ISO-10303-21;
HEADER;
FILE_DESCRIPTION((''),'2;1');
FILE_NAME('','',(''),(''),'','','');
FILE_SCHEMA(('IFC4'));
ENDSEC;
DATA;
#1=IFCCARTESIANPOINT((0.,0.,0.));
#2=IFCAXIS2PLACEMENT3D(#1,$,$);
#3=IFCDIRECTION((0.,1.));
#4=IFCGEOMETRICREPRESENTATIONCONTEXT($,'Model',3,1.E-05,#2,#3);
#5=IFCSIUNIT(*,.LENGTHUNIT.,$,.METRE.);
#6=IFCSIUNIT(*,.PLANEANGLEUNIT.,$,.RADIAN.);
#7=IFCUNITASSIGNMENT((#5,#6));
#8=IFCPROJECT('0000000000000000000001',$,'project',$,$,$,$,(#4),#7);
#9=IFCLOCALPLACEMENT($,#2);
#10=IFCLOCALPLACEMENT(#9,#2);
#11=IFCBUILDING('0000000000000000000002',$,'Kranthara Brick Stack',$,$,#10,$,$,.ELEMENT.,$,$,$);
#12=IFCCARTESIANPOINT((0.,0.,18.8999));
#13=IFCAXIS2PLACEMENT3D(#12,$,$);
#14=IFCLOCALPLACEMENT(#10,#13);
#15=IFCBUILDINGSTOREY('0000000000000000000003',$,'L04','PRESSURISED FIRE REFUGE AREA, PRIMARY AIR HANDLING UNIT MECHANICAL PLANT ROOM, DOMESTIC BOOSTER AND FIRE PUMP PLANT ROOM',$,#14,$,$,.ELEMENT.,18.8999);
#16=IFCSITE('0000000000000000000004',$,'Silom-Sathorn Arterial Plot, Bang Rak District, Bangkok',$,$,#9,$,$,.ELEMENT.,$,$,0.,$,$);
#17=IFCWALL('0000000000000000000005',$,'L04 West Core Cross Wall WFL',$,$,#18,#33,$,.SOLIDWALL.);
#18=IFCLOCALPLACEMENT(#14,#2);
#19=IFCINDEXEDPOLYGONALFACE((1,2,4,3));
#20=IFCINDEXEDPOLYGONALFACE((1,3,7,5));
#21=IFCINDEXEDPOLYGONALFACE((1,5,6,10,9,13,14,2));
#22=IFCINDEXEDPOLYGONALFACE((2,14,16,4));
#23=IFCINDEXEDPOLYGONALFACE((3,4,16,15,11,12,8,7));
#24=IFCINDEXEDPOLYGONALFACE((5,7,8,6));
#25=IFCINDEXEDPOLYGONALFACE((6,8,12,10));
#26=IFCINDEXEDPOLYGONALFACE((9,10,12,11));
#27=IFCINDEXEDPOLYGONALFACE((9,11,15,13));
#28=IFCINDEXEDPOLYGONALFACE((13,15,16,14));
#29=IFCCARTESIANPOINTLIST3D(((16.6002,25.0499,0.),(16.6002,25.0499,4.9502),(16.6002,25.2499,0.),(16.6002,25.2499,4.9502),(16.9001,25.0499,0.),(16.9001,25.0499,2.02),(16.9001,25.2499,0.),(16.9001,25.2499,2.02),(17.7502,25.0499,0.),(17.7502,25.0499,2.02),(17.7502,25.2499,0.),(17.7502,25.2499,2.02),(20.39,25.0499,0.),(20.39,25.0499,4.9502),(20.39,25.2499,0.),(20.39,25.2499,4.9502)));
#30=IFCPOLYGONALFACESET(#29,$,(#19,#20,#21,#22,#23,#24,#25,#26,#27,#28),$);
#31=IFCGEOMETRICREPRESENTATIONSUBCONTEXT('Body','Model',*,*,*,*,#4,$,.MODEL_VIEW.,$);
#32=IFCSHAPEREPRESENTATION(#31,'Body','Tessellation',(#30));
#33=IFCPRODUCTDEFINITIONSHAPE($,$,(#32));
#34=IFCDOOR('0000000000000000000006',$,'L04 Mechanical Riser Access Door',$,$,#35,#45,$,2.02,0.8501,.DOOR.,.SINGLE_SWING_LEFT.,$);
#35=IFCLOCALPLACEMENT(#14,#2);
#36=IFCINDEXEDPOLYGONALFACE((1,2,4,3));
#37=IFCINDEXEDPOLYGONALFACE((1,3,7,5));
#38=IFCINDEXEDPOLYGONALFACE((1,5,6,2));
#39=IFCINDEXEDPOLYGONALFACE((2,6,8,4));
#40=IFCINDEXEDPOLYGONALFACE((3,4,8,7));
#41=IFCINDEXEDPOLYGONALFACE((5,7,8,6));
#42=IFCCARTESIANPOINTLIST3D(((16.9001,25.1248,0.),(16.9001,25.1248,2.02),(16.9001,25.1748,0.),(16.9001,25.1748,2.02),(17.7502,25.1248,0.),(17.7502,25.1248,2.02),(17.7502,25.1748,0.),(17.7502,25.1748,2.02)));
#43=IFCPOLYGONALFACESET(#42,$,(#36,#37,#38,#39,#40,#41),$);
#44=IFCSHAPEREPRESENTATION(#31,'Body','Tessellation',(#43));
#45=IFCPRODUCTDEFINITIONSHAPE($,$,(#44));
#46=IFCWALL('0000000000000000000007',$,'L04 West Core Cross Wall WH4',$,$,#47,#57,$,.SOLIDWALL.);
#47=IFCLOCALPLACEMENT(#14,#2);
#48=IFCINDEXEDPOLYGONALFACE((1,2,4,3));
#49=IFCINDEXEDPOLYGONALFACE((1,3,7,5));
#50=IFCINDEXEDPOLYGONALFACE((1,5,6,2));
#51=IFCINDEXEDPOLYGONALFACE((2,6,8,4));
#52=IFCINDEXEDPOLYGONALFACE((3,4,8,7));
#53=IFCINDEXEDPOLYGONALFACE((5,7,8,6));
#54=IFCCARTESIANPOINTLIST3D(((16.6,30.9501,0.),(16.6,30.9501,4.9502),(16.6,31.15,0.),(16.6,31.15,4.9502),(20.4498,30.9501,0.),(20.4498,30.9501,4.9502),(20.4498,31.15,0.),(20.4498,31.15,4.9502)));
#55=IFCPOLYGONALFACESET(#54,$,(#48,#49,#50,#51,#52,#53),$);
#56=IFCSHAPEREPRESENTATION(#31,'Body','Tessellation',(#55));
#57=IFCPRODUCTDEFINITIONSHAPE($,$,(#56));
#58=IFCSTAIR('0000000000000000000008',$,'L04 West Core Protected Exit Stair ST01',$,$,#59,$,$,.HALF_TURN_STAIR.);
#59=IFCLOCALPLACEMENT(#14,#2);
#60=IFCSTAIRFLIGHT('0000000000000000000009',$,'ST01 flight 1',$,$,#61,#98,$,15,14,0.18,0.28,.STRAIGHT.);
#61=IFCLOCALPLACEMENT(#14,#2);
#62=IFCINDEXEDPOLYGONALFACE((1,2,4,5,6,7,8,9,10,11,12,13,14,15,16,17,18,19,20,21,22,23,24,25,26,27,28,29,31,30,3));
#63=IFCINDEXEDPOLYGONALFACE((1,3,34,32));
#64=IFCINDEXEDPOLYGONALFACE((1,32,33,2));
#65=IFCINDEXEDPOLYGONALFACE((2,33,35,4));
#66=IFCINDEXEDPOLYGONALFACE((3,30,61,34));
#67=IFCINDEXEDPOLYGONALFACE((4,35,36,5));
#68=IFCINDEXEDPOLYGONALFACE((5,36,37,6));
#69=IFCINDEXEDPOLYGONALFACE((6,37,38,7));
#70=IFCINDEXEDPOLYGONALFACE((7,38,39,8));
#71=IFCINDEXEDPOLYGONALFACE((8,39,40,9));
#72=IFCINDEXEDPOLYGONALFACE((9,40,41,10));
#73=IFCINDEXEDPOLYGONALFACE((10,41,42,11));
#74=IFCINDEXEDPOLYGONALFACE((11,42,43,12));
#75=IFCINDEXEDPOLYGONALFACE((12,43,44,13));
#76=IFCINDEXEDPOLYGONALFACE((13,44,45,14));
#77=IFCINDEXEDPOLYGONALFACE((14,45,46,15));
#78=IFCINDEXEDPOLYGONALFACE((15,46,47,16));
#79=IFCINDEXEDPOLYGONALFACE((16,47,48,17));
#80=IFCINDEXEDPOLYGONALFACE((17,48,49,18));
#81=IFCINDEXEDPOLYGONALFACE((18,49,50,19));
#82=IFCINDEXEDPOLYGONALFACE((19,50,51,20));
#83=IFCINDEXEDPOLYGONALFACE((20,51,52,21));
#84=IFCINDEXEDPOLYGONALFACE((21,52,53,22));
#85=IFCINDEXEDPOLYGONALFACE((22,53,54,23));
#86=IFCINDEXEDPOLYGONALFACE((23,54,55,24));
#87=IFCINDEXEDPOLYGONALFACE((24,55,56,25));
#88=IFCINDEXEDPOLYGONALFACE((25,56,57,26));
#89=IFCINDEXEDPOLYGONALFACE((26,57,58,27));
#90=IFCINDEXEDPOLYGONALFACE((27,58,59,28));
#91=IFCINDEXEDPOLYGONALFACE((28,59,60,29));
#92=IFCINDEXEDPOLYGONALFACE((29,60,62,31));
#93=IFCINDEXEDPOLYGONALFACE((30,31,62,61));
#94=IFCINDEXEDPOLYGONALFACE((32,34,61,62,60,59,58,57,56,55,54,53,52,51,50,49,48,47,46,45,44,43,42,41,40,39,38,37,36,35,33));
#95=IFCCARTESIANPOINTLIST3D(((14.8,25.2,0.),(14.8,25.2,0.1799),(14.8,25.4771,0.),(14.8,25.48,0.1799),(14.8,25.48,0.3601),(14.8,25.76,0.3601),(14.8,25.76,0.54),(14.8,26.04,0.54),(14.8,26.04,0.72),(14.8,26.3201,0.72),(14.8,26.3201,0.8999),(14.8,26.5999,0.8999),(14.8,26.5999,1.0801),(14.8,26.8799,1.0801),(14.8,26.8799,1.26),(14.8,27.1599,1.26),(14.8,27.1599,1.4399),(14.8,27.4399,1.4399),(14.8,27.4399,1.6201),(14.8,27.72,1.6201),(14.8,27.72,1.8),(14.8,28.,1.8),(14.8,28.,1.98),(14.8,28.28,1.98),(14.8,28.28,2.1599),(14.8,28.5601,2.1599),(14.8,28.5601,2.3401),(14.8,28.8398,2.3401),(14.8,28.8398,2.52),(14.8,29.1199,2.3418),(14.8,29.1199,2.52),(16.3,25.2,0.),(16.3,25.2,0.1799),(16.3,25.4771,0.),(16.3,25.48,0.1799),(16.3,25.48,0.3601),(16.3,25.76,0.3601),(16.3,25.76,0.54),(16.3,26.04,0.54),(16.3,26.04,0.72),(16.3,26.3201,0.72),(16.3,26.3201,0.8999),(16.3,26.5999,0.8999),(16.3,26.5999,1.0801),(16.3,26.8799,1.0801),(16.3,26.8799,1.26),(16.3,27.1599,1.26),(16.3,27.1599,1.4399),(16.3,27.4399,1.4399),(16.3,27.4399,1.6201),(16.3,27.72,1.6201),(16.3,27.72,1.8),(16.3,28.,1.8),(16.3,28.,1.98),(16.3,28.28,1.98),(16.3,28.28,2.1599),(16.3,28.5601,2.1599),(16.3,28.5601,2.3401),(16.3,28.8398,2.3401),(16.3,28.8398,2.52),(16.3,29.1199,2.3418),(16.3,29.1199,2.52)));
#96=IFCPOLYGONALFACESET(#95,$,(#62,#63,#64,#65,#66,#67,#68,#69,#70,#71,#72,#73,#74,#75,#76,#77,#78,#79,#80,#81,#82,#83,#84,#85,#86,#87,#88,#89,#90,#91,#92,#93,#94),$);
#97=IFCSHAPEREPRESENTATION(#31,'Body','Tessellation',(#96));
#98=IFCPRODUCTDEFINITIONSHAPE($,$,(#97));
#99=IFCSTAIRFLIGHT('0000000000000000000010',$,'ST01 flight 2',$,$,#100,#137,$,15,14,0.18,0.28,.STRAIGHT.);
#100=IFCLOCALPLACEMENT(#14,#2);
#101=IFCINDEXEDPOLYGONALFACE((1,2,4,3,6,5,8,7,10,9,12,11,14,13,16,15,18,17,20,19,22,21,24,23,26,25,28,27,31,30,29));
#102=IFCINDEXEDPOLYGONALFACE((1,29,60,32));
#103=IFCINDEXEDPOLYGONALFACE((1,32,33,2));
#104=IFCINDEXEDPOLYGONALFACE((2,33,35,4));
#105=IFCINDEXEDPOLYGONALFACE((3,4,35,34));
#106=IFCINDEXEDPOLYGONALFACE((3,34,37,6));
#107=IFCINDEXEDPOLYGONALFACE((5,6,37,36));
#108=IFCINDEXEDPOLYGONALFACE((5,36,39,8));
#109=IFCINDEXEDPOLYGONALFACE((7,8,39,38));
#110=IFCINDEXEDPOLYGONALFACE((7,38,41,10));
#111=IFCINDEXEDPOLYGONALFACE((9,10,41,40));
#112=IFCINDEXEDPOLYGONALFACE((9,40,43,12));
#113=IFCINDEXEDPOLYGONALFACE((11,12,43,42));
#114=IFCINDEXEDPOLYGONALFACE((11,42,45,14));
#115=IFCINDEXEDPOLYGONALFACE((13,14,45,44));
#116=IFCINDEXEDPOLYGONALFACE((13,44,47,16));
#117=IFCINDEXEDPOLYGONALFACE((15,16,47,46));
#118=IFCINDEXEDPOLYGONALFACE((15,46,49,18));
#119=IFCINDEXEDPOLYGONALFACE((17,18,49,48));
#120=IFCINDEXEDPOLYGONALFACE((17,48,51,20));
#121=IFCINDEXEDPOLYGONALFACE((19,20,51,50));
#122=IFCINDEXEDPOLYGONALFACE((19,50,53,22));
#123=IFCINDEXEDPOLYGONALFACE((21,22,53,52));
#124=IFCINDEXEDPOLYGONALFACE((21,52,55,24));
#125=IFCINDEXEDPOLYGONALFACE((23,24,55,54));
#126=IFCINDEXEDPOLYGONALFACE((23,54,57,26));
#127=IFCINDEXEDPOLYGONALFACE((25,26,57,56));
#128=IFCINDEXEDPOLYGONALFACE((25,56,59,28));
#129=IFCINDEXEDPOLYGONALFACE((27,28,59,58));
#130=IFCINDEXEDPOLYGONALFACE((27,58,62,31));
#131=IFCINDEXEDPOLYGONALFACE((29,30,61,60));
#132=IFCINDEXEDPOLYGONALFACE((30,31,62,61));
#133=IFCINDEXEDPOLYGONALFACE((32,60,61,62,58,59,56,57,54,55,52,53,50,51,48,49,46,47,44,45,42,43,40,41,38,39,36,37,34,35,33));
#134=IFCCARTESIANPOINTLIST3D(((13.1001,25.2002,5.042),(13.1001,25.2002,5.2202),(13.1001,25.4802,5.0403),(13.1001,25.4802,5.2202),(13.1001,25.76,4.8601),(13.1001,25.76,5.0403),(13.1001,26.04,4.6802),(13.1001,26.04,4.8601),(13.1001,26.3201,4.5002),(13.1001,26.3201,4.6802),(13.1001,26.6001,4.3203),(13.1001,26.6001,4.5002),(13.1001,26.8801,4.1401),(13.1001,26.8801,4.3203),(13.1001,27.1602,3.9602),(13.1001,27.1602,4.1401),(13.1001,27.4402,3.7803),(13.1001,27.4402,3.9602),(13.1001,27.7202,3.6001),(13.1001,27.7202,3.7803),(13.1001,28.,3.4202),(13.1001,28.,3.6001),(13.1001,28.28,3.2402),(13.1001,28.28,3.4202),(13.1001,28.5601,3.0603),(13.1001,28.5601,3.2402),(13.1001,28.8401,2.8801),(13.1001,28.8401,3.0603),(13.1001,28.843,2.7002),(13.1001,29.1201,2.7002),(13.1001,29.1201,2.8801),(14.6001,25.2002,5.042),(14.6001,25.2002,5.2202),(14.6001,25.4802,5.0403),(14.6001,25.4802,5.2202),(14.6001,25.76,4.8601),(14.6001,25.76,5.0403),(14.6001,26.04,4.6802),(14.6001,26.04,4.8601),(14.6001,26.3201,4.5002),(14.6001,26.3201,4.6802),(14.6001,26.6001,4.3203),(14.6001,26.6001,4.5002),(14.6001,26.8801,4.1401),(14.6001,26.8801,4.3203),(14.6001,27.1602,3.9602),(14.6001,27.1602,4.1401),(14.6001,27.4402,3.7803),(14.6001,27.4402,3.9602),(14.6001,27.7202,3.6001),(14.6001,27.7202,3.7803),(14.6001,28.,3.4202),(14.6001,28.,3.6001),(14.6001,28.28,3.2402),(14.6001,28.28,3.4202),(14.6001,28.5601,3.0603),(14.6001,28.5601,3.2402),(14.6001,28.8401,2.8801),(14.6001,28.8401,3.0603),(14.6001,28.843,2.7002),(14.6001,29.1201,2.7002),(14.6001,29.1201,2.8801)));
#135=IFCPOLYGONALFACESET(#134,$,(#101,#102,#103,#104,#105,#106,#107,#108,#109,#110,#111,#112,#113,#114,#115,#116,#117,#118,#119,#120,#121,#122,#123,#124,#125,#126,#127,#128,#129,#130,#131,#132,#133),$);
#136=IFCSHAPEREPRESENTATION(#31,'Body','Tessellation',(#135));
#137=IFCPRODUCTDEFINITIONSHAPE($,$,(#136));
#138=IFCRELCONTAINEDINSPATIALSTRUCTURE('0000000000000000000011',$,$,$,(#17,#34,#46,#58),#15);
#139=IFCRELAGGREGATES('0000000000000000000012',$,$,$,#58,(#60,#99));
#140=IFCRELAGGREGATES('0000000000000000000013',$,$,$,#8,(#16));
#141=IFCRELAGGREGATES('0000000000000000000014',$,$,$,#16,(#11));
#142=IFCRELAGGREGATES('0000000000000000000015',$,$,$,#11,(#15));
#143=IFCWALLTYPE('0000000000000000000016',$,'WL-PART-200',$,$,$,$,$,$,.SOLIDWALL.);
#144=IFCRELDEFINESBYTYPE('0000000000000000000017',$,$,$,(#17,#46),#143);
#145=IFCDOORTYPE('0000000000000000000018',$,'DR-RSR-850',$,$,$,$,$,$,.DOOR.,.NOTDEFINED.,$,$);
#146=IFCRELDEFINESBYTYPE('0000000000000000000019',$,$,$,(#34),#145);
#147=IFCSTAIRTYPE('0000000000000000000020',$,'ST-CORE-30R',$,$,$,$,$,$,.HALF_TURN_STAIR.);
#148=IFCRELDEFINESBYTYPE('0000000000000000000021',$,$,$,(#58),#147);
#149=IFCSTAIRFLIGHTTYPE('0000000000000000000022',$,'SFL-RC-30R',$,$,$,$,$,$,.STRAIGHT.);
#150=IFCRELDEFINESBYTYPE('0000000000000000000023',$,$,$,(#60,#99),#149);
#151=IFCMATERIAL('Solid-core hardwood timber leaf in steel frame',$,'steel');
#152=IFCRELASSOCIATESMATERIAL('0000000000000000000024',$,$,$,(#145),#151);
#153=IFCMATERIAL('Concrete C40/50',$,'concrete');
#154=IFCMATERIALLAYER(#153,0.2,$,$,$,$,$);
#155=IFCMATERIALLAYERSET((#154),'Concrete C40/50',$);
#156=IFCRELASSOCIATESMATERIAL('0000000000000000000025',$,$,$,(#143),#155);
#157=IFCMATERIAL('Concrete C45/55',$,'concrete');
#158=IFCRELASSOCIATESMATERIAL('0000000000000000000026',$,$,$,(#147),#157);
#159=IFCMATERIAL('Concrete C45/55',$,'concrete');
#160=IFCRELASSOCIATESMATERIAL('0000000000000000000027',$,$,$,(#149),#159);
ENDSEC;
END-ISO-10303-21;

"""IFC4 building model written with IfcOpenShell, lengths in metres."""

from ifc_helpers import new_model, si_unit, direction, frame, frame_2d, origin, place, context, subcontext, project, spatial, polyline, rectangle, outline, extrude, material, layer, layer_set, type_object, element, fill, aggregate, save


model = new_model("IFC4")

# Units and contexts
model_context = context("Model", 3, precision=1e-05, world=origin(), true_north=direction((0.0, 1.0)))
body_context = subcontext(model_context, "Body", "Model", "MODEL_VIEW")
ifc_project = project(units=[si_unit("LENGTHUNIT", "METRE"), si_unit("PLANEANGLEUNIT", "RADIAN")], contexts=[model_context])

# Site, building, storey
site_placement = place(None, origin())
site = spatial("IfcSite", under=ifc_project, at=site_placement, Name="Silom-Sathorn Arterial Plot, Bang Rak District, Bangkok", CompositionType="ELEMENT", RefElevation=0.0)
building_placement = place(site_placement, origin())
building = spatial("IfcBuilding", under=site, at=building_placement, Name="Kranthara Brick Stack", CompositionType="ELEMENT")
storey_placement = place(building_placement, frame((0.0, 0.0, 18.8999)))
storey = spatial("IfcBuildingStorey", under=building, at=storey_placement, Name="L04", Description="PRESSURISED FIRE REFUGE AREA, PRIMARY AIR HANDLING UNIT MECHANICAL PLANT ROOM, DOMESTIC BOOSTER AND FIRE PUMP PLANT ROOM", CompositionType="ELEMENT", Elevation=18.8999)

# Shared definitions
ifc_material_1 = material(Name="Solid-core hardwood timber leaf in steel frame", Category="steel")
door_type_1 = type_object("IfcDoorType", Name="DR-RSR-850", OperationType="NOTDEFINED", PredefinedType="DOOR", material=ifc_material_1)

# Wall, opening, door
ifc_material_2 = material(Name="Concrete C40/50", Category="concrete")
ifc_layer_1 = layer(ifc_material_2, 0.2)
ifc_layer_set_1 = layer_set([ifc_layer_1], Name="Concrete C40/50")
wall_type_1 = type_object("IfcWallType", Name="WL-PART-200", PredefinedType="SOLIDWALL", material=ifc_layer_set_1)
wall_1_placement = place(storey_placement, frame((16.6001, 25.1499, 0.0), z_axis=(0.0, 0.0, 1.0), x_axis=(1.0, 0.0, 0.0)))
wall_1 = element("IfcWall", 1, at=wall_1_placement, inside=storey, type_object=wall_type_1, Name="L04 West Core Cross Wall WFL", PredefinedType="SOLIDWALL", context=body_context, shape_type="SweptSolid", body=[
    extrude(rectangle(XDim=3.7898, YDim=0.2, at=frame_2d((1.895, 0.0))), origin(), (0.0, 0.0, 1.0), 4.9502),
])
opening_1_placement = place(wall_1_placement, frame((0.3, 0.0, 0.0)))
opening_1 = element("IfcOpeningElement", 2, at=opening_1_placement, cuts=wall_1, PredefinedType="OPENING", context=body_context, shape_type="SweptSolid", body=[
    extrude(rectangle(XDim=0.8501, YDim=2.02, at=frame_2d((0.425, 1.01))), frame((0.0, 0.1099, 0.0), z_axis=(0.0, -1.0, 0.0), x_axis=(1.0, 0.0, 0.0)), (0.0, 0.0, 1.0), 0.22),
])
door_1_placement = place(opening_1_placement, origin())
door_1 = element("IfcDoor", 3, at=door_1_placement, inside=storey, type_object=door_type_1, Name="L04 Mechanical Riser Access Door", OperationType="SINGLE_SWING_LEFT", OverallHeight=2.02, OverallWidth=0.8501, PredefinedType="DOOR", context=body_context, shape_type="SweptSolid", body=[
    extrude(rectangle(XDim=0.8501, YDim=2.02, at=frame_2d((0.425, 1.01))), frame((0.0, 0.0249, 0.0), z_axis=(0.0, -1.0, 0.0), x_axis=(1.0, 0.0, 0.0)), (0.0, 0.0, 1.0), 0.05),
])
fill(opening_1, door_1)

# Wall
wall_2_placement = place(storey_placement, frame((16.6001, 31.05, 0.0), z_axis=(0.0, 0.0, 1.0), x_axis=(1.0, 0.0, 0.0)))
element("IfcWall", 4, at=wall_2_placement, inside=storey, type_object=wall_type_1, Name="L04 West Core Cross Wall WH4", PredefinedType="SOLIDWALL", context=body_context, shape_type="SweptSolid", body=[
    extrude(rectangle(XDim=3.8499, YDim=0.2, at=frame_2d((1.9248, 0.0))), origin(), (0.0, 0.0, 1.0), 4.9502),
])

# Stair, stair flights
ifc_material_3 = material(Name="Concrete C45/55", Category="concrete")
stair_type = type_object("IfcStairType", Name="ST-CORE-30R", PredefinedType="HALF_TURN_STAIR", material=ifc_material_3)
stair_placement = place(storey_placement, origin())
stair = element("IfcStair", 5, at=stair_placement, inside=storey, type_object=stair_type, Name="L04 West Core Protected Exit Stair ST01", PredefinedType="HALF_TURN_STAIR")
ifc_material_4 = material(Name="Concrete C45/55", Category="concrete")
stair_flight_type = type_object("IfcStairFlightType", Name="SFL-RC-30R", PredefinedType="STRAIGHT", material=ifc_material_4)
stair_flight_1_placement = place(storey_placement, frame((15.55, 25.2, 0.0), z_axis=(0.0, 0.0, 1.0), x_axis=(0.0, 1.0, 0.0)))
stair_flight_1 = element("IfcStairFlight", 6, at=stair_flight_1_placement, type_object=stair_flight_type, Name="ST01 flight 1", NumberOfRisers=15, NumberOfTreads=14, PredefinedType="STRAIGHT", RiserHeight=0.18, TreadLength=0.28, context=body_context, shape_type="SweptSolid", body=[
    extrude(outline(polyline([(0.0, 0.0), (0.0, 0.1799), (0.28, 0.1799), (0.28, 0.3601), (0.5601, 0.3601), (0.5601, 0.54), (0.8401, 0.54), (0.8401, 0.72), (1.1201, 0.72), (1.1201, 0.8999), (1.3999, 0.8999), (1.3999, 1.0801), (1.6799, 1.0801), (1.6799, 1.26), (1.96, 1.26), (1.96, 1.4399), (2.24, 1.4399), (2.24, 1.6201), (2.52, 1.6201), (2.52, 1.8), (2.8, 1.8), (2.8, 1.98), (3.0801, 1.98), (3.0801, 2.1599), (3.3601, 2.1599), (3.3601, 2.3401), (3.6399, 2.3401), (3.6399, 2.52), (3.9199, 2.52), (3.9199, 2.7), (3.9199, 2.3418), (0.2771, 0.0), (0.0, 0.0)])), frame((0.0, 0.75, 0.0), z_axis=(0.0, -1.0, 0.0), x_axis=(1.0, 0.0, 0.0)), (0.0, 0.0, 1.0), 1.5),
])
stair_flight_2_placement = place(storey_placement, frame((13.8501, 29.1201, 2.7002), z_axis=(0.0, 0.0, 1.0), x_axis=(0.0, -1.0, 0.0)))
stair_flight_2 = element("IfcStairFlight", 7, at=stair_flight_2_placement, type_object=stair_flight_type, Name="ST01 flight 2", NumberOfRisers=15, NumberOfTreads=14, PredefinedType="STRAIGHT", RiserHeight=0.18, TreadLength=0.28, context=body_context, shape_type="SweptSolid", body=[
    extrude(outline(polyline([(0.0, 0.0), (0.0, 0.1799), (0.28, 0.1799), (0.28, 0.3601), (0.5601, 0.3601), (0.5601, 0.54), (0.8401, 0.54), (0.8401, 0.72), (1.1201, 0.72), (1.1201, 0.8999), (1.3999, 0.8999), (1.3999, 1.0801), (1.6799, 1.0801), (1.6799, 1.26), (1.96, 1.26), (1.96, 1.4399), (2.24, 1.4399), (2.24, 1.6201), (2.52, 1.6201), (2.52, 1.8), (2.8, 1.8), (2.8, 1.98), (3.0801, 1.98), (3.0801, 2.1599), (3.3601, 2.1599), (3.3601, 2.3401), (3.6399, 2.3401), (3.6399, 2.52), (3.9199, 2.52), (3.9199, 2.7), (3.9199, 2.3418), (0.2771, 0.0), (0.0, 0.0)])), frame((0.0, 0.75, 0.0), z_axis=(0.0, -1.0, 0.0), x_axis=(1.0, 0.0, 0.0)), (0.0, 0.0, 1.0), 1.5),
])
aggregate(stair, [stair_flight_1, stair_flight_2])

save(model, "model.ifc")
